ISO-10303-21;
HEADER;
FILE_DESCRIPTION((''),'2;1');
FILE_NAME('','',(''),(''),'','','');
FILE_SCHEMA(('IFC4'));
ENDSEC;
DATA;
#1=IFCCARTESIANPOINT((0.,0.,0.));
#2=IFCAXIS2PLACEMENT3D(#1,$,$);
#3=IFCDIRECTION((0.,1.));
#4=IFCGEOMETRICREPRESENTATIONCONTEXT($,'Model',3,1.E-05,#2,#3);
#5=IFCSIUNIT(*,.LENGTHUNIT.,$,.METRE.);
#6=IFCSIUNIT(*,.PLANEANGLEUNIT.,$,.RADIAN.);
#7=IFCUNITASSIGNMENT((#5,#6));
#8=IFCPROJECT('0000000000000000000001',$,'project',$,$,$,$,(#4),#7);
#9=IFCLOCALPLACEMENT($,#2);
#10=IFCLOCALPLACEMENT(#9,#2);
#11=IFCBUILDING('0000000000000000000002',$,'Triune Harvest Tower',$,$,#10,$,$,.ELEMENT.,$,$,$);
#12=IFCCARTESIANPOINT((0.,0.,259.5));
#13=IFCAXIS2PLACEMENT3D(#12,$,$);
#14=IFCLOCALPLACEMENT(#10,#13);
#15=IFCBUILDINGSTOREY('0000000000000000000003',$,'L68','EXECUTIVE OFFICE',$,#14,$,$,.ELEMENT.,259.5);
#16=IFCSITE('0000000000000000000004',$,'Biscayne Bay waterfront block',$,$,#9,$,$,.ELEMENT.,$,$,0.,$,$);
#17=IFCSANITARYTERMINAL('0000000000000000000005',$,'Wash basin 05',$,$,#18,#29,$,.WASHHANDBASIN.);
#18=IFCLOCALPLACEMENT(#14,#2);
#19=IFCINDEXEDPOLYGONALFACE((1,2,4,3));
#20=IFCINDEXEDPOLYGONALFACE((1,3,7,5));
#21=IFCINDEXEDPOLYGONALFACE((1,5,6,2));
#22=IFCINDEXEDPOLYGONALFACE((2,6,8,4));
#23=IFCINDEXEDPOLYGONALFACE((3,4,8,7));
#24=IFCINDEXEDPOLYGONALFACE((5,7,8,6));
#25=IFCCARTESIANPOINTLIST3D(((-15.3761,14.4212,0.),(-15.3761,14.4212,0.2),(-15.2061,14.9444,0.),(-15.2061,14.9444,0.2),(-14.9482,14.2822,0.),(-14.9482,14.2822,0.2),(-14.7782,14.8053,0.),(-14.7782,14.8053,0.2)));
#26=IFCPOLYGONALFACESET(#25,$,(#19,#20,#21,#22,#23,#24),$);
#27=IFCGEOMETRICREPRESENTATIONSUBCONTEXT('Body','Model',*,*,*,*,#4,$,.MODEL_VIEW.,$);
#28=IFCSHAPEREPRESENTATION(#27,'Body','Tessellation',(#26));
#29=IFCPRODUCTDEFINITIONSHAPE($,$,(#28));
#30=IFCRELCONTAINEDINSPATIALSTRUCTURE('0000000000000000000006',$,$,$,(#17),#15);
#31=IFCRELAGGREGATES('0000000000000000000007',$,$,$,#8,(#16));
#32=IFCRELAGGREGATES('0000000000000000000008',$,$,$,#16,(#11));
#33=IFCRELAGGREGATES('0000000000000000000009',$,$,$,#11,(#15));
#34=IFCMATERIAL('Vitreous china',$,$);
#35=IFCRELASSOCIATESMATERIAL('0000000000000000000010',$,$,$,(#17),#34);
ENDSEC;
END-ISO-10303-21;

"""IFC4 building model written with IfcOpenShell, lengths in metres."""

from ifc_helpers import new_model, si_unit, direction, frame, origin, origin_2d, place, context, subcontext, project, spatial, rectangle, extrude, source, transform, mapped, material, element, save


model = new_model("IFC4")

# Units and contexts
model_context = context("Model", 3, precision=1e-05, world=origin(), true_north=direction((0.0, 1.0)))
body_context = subcontext(model_context, "Body", "Model", "MODEL_VIEW")
ifc_project = project(units=[si_unit("LENGTHUNIT", "METRE"), si_unit("PLANEANGLEUNIT", "RADIAN")], contexts=[model_context])

# Site, building, storey
site_placement = place(None, origin())
site = spatial("IfcSite", under=ifc_project, at=site_placement, Name="Biscayne Bay waterfront block", CompositionType="ELEMENT", RefElevation=0.0)
building_placement = place(site_placement, origin())
building = spatial("IfcBuilding", under=site, at=building_placement, Name="Triune Harvest Tower", CompositionType="ELEMENT")
storey_placement = place(building_placement, frame((0.0, 0.0, 259.5)))
storey = spatial("IfcBuildingStorey", under=building, at=storey_placement, Name="L68", Description="EXECUTIVE OFFICE", CompositionType="ELEMENT", Elevation=259.5)

# Sanitary terminal
ifc_material_1 = material(Name="Vitreous china")
shared_shape_1 = source(origin(), body_context, "Body", "SweptSolid", [
    extrude(rectangle(XDim=0.55, YDim=0.45, at=origin_2d()), origin(), (0.0, 0.0, 1.0), 0.2),
])
sanitary_terminal_placement = place(storey_placement, frame((-15.0771, 14.6133, 0.0), z_axis=(0.0, 0.0, 1.0), x_axis=(0.309, 0.951062, 0.0)))
element("IfcSanitaryTerminal", 1, at=sanitary_terminal_placement, inside=storey, material=ifc_material_1, Name="Wash basin 05", PredefinedType="WASHHANDBASIN", context=body_context, shape_type="MappedRepresentation", body=[
    mapped(shared_shape_1, transform((0.0, 0.0, 0.0), scale=1.0)),
])

save(model, "model.ifc")
